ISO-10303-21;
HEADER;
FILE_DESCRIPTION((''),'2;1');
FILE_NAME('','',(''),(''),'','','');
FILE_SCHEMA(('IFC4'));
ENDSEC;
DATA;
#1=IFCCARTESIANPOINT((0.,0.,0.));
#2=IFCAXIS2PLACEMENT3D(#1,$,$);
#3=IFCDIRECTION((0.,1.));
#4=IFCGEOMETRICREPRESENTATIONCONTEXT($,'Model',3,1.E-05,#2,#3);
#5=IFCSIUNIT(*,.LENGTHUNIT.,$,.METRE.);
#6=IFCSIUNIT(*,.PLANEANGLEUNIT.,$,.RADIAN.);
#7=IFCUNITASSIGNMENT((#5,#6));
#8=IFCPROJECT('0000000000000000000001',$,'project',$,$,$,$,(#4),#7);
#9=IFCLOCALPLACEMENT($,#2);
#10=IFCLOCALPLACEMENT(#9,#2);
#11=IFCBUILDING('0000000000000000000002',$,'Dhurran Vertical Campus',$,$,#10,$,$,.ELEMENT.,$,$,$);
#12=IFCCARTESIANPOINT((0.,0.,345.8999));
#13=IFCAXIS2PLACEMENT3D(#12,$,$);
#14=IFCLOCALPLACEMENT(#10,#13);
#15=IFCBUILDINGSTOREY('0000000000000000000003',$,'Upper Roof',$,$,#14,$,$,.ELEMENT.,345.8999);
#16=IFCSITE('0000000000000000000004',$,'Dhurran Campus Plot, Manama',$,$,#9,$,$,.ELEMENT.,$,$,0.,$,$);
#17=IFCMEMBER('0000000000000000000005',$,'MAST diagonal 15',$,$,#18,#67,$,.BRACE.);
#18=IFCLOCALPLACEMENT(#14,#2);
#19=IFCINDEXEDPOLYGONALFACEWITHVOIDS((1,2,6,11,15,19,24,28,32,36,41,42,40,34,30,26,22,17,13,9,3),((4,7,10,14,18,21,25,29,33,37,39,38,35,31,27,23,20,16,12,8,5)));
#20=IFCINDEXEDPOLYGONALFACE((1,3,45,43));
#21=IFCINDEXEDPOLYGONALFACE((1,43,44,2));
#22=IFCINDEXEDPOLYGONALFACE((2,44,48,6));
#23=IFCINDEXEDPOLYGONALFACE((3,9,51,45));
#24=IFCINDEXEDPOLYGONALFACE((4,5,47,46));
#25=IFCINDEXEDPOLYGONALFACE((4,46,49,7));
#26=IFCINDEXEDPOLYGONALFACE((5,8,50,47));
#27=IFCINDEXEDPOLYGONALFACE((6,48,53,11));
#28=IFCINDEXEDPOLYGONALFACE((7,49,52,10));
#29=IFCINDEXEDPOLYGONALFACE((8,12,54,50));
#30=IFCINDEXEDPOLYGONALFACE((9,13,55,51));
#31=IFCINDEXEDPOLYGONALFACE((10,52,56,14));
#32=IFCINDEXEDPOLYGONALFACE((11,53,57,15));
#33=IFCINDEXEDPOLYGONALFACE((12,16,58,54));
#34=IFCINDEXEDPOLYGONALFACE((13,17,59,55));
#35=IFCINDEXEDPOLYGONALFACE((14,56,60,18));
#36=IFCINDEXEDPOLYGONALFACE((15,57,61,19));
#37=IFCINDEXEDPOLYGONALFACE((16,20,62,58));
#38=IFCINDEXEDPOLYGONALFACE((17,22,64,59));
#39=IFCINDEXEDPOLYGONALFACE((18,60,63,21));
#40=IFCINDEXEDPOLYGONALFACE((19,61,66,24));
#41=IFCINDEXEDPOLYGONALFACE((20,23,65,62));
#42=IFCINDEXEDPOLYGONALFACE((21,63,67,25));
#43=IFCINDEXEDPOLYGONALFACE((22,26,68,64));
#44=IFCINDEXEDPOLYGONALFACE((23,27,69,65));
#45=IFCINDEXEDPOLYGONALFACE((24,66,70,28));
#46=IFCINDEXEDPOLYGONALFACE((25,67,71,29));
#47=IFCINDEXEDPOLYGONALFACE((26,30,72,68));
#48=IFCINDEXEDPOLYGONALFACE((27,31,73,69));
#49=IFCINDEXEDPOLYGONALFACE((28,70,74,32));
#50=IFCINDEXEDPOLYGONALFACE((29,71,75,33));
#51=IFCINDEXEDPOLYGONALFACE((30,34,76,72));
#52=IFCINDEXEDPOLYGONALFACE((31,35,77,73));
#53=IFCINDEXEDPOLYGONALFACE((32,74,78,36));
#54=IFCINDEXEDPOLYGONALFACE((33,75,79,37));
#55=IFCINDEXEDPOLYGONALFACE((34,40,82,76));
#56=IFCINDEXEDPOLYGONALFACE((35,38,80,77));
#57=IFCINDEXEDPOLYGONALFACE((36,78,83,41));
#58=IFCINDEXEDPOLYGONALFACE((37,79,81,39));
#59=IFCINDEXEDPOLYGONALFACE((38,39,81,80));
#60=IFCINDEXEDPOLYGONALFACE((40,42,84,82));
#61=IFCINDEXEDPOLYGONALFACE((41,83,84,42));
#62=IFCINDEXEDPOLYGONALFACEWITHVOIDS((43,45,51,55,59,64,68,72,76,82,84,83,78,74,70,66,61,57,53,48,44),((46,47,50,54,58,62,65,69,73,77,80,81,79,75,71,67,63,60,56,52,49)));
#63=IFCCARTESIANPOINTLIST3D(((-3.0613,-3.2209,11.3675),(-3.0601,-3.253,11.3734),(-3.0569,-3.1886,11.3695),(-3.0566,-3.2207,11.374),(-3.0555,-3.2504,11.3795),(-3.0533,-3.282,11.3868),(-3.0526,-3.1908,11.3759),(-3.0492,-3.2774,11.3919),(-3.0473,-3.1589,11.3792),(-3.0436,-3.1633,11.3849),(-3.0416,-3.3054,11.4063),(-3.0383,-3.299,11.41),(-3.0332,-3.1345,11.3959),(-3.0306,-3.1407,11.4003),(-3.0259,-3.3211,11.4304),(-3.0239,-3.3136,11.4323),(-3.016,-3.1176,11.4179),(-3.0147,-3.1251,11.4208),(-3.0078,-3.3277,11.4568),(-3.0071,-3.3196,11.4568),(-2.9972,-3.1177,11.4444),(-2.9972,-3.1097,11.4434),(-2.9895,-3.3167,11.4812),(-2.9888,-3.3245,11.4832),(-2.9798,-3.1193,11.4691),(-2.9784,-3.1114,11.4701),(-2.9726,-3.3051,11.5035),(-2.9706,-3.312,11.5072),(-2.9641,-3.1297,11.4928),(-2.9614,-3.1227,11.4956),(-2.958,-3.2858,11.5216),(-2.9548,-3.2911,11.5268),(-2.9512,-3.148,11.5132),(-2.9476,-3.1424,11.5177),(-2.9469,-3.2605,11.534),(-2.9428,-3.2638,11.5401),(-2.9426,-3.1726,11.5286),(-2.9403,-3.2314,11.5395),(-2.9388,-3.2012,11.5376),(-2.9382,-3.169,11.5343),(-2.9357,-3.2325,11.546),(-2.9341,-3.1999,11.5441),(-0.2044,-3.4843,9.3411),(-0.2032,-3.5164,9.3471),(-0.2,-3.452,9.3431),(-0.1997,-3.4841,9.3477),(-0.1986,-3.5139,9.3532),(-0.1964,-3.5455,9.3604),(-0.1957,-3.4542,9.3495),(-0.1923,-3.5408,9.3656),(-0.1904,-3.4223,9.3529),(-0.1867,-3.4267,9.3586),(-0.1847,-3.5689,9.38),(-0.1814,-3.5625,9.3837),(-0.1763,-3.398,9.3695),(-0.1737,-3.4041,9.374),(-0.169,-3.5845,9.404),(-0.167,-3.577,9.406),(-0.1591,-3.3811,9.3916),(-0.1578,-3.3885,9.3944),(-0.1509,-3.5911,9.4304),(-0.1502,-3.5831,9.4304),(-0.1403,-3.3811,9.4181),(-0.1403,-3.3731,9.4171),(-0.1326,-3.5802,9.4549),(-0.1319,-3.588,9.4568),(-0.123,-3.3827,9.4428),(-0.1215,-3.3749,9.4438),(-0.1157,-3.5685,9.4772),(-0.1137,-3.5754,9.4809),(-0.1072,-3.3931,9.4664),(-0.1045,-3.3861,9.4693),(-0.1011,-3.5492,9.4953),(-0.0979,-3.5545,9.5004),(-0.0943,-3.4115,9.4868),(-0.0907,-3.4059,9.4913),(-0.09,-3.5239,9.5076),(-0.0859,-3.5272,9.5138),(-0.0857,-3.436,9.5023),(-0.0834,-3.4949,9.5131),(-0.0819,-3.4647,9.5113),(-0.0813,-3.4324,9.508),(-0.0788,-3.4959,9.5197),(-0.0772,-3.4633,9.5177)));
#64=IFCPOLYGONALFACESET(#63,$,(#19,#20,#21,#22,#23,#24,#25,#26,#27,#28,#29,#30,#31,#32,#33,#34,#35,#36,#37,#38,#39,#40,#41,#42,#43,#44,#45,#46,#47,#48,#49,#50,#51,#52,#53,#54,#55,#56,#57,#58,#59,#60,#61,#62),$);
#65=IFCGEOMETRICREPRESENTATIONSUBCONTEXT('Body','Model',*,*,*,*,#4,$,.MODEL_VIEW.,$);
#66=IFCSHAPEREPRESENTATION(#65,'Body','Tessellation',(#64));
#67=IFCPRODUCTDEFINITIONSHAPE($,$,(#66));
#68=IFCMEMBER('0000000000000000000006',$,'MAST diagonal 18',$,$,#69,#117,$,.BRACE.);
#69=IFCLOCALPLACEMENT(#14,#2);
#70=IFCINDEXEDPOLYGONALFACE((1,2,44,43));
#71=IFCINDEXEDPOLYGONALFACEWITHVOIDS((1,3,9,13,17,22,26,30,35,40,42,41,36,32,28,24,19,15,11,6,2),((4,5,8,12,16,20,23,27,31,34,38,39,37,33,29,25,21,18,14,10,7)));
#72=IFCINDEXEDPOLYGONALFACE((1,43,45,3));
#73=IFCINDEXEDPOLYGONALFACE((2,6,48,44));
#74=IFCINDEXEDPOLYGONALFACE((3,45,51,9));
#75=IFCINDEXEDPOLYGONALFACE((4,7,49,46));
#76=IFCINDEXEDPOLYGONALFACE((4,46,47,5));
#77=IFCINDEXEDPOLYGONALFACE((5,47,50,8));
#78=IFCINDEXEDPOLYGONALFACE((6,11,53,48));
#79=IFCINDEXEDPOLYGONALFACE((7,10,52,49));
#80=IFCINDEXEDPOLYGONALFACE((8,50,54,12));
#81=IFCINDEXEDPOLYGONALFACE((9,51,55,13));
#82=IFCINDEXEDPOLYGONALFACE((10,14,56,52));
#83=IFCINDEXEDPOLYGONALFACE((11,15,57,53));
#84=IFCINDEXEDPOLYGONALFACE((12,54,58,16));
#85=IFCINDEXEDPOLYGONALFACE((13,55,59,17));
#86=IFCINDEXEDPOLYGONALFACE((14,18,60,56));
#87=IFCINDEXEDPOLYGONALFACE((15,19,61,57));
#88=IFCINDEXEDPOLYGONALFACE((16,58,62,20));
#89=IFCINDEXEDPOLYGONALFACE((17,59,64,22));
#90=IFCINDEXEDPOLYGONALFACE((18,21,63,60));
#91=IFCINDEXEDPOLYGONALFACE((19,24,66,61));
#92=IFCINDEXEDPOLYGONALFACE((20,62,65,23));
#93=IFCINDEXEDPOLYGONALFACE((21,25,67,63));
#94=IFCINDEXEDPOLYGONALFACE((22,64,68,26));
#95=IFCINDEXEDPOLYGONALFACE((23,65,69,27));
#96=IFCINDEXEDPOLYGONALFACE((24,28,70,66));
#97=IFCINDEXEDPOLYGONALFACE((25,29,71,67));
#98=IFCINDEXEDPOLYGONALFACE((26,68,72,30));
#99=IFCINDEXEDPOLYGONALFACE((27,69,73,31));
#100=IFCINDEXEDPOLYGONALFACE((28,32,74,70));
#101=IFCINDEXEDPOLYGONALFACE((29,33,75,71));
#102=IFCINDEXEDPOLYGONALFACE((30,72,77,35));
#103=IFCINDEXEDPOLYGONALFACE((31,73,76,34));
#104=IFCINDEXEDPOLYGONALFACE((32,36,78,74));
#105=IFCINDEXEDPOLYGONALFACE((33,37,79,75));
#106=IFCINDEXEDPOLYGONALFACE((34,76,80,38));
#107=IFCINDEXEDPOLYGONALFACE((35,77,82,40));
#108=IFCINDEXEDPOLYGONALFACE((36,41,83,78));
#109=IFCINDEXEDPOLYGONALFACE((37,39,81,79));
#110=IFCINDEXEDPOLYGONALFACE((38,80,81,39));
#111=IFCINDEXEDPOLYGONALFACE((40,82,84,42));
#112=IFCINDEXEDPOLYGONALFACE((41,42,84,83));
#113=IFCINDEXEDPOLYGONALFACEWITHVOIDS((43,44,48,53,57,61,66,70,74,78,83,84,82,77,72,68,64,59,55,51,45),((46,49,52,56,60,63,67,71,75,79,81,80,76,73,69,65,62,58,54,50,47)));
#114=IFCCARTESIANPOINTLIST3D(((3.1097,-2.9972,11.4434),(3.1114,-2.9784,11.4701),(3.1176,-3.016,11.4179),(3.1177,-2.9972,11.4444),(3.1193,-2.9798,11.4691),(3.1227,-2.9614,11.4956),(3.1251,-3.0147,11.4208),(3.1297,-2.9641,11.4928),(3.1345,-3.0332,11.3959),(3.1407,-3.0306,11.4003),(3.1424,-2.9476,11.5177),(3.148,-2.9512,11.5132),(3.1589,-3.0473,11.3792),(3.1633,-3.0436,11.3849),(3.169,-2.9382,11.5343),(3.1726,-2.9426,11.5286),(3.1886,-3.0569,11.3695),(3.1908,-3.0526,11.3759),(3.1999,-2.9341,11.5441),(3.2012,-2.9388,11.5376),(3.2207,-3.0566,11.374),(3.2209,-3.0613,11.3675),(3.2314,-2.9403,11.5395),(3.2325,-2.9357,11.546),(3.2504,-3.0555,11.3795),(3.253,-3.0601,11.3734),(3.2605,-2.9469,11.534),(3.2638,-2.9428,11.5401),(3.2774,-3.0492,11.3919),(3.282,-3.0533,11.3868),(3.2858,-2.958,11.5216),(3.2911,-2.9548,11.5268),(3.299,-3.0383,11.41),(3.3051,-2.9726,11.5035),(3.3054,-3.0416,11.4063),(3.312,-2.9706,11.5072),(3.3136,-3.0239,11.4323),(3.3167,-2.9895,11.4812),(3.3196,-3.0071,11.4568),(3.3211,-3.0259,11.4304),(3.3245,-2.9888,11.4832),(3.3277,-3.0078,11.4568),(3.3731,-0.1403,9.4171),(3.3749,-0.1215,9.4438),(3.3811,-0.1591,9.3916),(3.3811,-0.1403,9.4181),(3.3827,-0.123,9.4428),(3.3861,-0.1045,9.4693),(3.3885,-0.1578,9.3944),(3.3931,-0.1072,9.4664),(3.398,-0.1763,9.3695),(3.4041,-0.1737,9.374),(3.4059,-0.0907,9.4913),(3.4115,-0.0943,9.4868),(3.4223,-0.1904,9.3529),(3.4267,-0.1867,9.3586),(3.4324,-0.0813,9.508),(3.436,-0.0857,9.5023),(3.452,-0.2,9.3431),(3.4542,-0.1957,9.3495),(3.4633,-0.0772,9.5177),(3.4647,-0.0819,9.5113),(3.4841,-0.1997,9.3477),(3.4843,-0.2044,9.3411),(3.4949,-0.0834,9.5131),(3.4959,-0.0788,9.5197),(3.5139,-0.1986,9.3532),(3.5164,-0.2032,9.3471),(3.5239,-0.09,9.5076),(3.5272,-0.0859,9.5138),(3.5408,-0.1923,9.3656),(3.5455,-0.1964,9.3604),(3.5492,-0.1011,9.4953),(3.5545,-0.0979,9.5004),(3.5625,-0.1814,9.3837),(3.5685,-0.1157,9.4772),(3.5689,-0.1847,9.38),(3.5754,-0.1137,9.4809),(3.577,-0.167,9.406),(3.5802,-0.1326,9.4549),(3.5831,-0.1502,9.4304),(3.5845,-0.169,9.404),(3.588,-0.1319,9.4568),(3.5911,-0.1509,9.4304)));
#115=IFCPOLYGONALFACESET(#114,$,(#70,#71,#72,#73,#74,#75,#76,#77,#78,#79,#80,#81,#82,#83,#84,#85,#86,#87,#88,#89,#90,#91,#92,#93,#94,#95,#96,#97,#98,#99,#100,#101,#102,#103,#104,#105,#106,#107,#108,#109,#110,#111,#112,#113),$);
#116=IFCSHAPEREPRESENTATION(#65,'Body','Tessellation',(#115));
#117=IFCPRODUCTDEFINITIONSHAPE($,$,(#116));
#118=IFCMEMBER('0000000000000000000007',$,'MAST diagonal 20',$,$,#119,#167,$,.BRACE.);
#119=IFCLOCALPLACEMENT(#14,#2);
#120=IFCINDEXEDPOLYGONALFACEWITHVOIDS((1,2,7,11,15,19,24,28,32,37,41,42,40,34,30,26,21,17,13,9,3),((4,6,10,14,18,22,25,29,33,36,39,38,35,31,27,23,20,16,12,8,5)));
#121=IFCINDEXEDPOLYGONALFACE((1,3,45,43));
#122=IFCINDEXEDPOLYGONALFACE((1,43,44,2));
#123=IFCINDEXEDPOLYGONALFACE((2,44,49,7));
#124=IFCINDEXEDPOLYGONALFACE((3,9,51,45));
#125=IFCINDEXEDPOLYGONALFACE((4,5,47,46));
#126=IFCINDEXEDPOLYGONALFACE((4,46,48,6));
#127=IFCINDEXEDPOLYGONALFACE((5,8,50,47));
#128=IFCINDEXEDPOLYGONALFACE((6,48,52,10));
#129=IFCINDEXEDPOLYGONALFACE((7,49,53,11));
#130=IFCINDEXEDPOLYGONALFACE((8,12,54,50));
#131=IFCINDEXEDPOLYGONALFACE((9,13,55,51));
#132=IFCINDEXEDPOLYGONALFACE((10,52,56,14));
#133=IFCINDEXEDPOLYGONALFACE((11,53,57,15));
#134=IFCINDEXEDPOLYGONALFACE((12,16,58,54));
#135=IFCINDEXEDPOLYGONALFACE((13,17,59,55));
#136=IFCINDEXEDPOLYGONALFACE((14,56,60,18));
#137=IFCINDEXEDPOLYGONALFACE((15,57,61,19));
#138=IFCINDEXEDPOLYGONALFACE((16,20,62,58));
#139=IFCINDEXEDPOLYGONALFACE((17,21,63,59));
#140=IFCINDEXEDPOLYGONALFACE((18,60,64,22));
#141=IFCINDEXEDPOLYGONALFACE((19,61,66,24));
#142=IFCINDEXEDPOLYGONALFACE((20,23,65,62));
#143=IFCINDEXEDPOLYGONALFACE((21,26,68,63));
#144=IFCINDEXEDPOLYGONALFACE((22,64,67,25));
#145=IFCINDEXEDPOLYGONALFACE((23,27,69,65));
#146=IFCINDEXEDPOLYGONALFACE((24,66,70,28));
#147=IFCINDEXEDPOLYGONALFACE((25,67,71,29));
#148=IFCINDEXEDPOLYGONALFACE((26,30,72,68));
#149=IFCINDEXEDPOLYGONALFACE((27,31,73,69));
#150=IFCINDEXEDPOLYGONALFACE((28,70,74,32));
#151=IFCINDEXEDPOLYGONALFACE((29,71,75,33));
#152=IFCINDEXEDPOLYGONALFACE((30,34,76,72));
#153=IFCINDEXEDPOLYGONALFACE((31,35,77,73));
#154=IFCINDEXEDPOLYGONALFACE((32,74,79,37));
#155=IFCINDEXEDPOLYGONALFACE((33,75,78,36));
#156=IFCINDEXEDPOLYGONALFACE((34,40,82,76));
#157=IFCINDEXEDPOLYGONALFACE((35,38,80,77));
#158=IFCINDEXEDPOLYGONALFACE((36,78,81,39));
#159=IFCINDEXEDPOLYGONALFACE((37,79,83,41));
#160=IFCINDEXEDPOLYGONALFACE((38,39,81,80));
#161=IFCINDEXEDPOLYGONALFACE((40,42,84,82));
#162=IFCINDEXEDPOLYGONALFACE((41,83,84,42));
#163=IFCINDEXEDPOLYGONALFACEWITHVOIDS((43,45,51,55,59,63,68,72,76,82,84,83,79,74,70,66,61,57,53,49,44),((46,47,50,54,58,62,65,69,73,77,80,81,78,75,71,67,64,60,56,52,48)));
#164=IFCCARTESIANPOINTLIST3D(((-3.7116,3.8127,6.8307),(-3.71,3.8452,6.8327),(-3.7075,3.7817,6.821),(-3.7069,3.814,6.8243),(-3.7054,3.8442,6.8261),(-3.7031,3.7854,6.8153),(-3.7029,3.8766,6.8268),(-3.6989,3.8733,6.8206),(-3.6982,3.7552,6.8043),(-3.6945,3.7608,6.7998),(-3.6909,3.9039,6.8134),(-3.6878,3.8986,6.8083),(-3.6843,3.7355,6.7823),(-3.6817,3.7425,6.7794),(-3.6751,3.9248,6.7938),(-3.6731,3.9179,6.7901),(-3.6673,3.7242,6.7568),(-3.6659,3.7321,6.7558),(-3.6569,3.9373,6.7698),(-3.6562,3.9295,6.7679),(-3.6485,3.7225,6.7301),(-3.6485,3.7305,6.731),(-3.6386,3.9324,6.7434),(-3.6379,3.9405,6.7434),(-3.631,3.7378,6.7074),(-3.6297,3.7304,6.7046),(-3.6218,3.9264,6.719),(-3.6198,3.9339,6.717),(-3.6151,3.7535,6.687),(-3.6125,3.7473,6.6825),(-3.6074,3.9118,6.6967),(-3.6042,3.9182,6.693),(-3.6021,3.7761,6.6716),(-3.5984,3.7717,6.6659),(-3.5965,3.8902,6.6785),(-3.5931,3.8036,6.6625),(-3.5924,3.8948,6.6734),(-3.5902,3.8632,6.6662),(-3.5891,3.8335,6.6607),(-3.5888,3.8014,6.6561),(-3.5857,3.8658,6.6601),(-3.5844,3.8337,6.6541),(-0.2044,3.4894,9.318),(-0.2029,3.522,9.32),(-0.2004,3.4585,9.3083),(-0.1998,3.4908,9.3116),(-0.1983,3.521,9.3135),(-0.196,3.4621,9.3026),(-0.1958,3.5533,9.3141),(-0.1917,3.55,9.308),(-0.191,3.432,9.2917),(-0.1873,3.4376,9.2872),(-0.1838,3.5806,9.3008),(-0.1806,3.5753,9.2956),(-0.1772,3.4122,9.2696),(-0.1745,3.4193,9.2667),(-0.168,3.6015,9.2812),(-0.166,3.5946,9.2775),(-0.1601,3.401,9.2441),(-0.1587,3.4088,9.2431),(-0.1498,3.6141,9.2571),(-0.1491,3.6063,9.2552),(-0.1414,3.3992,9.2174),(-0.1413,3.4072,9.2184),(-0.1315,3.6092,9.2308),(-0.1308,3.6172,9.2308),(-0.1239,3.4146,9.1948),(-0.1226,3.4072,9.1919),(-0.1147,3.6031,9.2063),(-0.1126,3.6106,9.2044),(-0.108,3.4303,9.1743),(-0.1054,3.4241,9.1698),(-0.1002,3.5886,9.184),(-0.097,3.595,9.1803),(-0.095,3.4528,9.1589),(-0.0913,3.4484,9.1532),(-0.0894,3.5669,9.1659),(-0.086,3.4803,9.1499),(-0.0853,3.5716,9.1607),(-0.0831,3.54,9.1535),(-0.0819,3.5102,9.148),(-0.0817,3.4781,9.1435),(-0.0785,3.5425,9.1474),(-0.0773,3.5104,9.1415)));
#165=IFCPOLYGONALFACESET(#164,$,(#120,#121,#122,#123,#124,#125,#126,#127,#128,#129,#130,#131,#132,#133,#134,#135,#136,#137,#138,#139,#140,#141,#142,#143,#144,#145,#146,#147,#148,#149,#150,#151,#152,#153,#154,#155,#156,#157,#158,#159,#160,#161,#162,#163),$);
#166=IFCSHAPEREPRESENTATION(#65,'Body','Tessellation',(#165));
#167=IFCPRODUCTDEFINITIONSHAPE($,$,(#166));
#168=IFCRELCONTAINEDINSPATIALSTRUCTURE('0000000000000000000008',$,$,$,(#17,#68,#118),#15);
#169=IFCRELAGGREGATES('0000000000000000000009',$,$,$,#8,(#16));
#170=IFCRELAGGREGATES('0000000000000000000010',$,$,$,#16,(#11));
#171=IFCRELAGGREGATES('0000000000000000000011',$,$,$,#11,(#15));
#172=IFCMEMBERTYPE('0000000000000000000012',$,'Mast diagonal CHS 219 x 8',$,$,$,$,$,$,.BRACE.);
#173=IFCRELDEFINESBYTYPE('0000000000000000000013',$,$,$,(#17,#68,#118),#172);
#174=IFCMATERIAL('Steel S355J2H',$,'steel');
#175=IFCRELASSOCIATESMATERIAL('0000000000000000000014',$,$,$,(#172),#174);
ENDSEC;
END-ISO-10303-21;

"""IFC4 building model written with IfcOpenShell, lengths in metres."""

from ifc_helpers import new_model, si_unit, direction, frame, origin, origin_2d, place, context, subcontext, project, spatial, hollow_circle, extrude, material, material_profile, profile_set, type_object, element, save


model = new_model("IFC4")

# Units and contexts
model_context = context("Model", 3, precision=1e-05, world=origin(), true_north=direction((0.0, 1.0)))
body_context = subcontext(model_context, "Body", "Model", "MODEL_VIEW")
ifc_project = project(units=[si_unit("LENGTHUNIT", "METRE"), si_unit("PLANEANGLEUNIT", "RADIAN")], contexts=[model_context])

# Site, building, storey
site_placement = place(None, origin())
site = spatial("IfcSite", under=ifc_project, at=site_placement, Name="Dhurran Campus Plot, Manama", CompositionType="ELEMENT", RefElevation=0.0)
building_placement = place(site_placement, origin())
building = spatial("IfcBuilding", under=site, at=building_placement, Name="Dhurran Vertical Campus", CompositionType="ELEMENT")
storey_placement = place(building_placement, frame((0.0, 0.0, 345.8999)))
storey = spatial("IfcBuildingStorey", under=building, at=storey_placement, Name="Upper Roof", CompositionType="ELEMENT", Elevation=345.8999)

# Members
ifc_material_1 = material(Name="Steel S355J2H", Category="steel")
ifc_material_profile_1 = material_profile(ifc_material_1, hollow_circle(Radius=0.1096, WallThickness=0.0081, at=origin_2d()), Name="CHS219x8")
ifc_profile_set_1 = profile_set([ifc_material_profile_1], Name="Steel S355J2H")
member_type_1 = type_object("IfcMemberType", Name="Mast diagonal CHS 219 x 8", PredefinedType="BRACE", material=ifc_profile_set_1)
for number, where, z_axis, x_axis, name in (
    (1, (-0.1409, -3.4819, 9.4304), (-0.813363, 0.074997, 0.576902), (-0.091817, -0.995776, 0.0), "MAST diagonal 15"),
    (2, (3.4819, -0.1409, 9.4304), (-0.074997, -0.813363, 0.576902), (0.995776, -0.091817, 0.0), "MAST diagonal 18"),
):
    element("IfcMember", number, at=place(storey_placement, frame(where, z_axis=z_axis, x_axis=x_axis)), inside=storey, type_object=member_type_1, Name=name, PredefinedType="BRACE", context=body_context, shape_type="SweptSolid", body=[
        extrude(hollow_circle(Radius=0.1096, WallThickness=0.0081, at=origin_2d()), origin(), (0.0, 0.0, 1.0), 3.5125),
    ])
member_1_placement = place(storey_placement, frame((-3.6479, 3.8313, 6.7434), z_axis=(0.813386, -0.074969, 0.576873), x_axis=(0.091779, 0.995779, 0.0)))
element("IfcMember", 3, at=member_1_placement, inside=storey, type_object=member_type_1, Name="MAST diagonal 20", PredefinedType="BRACE", context=body_context, shape_type="SweptSolid", body=[
    extrude(hollow_circle(Radius=0.1096, WallThickness=0.0081, at=origin_2d()), origin(), (0.0, 0.0, 1.0), 4.3118),
])

save(model, "model.ifc")
